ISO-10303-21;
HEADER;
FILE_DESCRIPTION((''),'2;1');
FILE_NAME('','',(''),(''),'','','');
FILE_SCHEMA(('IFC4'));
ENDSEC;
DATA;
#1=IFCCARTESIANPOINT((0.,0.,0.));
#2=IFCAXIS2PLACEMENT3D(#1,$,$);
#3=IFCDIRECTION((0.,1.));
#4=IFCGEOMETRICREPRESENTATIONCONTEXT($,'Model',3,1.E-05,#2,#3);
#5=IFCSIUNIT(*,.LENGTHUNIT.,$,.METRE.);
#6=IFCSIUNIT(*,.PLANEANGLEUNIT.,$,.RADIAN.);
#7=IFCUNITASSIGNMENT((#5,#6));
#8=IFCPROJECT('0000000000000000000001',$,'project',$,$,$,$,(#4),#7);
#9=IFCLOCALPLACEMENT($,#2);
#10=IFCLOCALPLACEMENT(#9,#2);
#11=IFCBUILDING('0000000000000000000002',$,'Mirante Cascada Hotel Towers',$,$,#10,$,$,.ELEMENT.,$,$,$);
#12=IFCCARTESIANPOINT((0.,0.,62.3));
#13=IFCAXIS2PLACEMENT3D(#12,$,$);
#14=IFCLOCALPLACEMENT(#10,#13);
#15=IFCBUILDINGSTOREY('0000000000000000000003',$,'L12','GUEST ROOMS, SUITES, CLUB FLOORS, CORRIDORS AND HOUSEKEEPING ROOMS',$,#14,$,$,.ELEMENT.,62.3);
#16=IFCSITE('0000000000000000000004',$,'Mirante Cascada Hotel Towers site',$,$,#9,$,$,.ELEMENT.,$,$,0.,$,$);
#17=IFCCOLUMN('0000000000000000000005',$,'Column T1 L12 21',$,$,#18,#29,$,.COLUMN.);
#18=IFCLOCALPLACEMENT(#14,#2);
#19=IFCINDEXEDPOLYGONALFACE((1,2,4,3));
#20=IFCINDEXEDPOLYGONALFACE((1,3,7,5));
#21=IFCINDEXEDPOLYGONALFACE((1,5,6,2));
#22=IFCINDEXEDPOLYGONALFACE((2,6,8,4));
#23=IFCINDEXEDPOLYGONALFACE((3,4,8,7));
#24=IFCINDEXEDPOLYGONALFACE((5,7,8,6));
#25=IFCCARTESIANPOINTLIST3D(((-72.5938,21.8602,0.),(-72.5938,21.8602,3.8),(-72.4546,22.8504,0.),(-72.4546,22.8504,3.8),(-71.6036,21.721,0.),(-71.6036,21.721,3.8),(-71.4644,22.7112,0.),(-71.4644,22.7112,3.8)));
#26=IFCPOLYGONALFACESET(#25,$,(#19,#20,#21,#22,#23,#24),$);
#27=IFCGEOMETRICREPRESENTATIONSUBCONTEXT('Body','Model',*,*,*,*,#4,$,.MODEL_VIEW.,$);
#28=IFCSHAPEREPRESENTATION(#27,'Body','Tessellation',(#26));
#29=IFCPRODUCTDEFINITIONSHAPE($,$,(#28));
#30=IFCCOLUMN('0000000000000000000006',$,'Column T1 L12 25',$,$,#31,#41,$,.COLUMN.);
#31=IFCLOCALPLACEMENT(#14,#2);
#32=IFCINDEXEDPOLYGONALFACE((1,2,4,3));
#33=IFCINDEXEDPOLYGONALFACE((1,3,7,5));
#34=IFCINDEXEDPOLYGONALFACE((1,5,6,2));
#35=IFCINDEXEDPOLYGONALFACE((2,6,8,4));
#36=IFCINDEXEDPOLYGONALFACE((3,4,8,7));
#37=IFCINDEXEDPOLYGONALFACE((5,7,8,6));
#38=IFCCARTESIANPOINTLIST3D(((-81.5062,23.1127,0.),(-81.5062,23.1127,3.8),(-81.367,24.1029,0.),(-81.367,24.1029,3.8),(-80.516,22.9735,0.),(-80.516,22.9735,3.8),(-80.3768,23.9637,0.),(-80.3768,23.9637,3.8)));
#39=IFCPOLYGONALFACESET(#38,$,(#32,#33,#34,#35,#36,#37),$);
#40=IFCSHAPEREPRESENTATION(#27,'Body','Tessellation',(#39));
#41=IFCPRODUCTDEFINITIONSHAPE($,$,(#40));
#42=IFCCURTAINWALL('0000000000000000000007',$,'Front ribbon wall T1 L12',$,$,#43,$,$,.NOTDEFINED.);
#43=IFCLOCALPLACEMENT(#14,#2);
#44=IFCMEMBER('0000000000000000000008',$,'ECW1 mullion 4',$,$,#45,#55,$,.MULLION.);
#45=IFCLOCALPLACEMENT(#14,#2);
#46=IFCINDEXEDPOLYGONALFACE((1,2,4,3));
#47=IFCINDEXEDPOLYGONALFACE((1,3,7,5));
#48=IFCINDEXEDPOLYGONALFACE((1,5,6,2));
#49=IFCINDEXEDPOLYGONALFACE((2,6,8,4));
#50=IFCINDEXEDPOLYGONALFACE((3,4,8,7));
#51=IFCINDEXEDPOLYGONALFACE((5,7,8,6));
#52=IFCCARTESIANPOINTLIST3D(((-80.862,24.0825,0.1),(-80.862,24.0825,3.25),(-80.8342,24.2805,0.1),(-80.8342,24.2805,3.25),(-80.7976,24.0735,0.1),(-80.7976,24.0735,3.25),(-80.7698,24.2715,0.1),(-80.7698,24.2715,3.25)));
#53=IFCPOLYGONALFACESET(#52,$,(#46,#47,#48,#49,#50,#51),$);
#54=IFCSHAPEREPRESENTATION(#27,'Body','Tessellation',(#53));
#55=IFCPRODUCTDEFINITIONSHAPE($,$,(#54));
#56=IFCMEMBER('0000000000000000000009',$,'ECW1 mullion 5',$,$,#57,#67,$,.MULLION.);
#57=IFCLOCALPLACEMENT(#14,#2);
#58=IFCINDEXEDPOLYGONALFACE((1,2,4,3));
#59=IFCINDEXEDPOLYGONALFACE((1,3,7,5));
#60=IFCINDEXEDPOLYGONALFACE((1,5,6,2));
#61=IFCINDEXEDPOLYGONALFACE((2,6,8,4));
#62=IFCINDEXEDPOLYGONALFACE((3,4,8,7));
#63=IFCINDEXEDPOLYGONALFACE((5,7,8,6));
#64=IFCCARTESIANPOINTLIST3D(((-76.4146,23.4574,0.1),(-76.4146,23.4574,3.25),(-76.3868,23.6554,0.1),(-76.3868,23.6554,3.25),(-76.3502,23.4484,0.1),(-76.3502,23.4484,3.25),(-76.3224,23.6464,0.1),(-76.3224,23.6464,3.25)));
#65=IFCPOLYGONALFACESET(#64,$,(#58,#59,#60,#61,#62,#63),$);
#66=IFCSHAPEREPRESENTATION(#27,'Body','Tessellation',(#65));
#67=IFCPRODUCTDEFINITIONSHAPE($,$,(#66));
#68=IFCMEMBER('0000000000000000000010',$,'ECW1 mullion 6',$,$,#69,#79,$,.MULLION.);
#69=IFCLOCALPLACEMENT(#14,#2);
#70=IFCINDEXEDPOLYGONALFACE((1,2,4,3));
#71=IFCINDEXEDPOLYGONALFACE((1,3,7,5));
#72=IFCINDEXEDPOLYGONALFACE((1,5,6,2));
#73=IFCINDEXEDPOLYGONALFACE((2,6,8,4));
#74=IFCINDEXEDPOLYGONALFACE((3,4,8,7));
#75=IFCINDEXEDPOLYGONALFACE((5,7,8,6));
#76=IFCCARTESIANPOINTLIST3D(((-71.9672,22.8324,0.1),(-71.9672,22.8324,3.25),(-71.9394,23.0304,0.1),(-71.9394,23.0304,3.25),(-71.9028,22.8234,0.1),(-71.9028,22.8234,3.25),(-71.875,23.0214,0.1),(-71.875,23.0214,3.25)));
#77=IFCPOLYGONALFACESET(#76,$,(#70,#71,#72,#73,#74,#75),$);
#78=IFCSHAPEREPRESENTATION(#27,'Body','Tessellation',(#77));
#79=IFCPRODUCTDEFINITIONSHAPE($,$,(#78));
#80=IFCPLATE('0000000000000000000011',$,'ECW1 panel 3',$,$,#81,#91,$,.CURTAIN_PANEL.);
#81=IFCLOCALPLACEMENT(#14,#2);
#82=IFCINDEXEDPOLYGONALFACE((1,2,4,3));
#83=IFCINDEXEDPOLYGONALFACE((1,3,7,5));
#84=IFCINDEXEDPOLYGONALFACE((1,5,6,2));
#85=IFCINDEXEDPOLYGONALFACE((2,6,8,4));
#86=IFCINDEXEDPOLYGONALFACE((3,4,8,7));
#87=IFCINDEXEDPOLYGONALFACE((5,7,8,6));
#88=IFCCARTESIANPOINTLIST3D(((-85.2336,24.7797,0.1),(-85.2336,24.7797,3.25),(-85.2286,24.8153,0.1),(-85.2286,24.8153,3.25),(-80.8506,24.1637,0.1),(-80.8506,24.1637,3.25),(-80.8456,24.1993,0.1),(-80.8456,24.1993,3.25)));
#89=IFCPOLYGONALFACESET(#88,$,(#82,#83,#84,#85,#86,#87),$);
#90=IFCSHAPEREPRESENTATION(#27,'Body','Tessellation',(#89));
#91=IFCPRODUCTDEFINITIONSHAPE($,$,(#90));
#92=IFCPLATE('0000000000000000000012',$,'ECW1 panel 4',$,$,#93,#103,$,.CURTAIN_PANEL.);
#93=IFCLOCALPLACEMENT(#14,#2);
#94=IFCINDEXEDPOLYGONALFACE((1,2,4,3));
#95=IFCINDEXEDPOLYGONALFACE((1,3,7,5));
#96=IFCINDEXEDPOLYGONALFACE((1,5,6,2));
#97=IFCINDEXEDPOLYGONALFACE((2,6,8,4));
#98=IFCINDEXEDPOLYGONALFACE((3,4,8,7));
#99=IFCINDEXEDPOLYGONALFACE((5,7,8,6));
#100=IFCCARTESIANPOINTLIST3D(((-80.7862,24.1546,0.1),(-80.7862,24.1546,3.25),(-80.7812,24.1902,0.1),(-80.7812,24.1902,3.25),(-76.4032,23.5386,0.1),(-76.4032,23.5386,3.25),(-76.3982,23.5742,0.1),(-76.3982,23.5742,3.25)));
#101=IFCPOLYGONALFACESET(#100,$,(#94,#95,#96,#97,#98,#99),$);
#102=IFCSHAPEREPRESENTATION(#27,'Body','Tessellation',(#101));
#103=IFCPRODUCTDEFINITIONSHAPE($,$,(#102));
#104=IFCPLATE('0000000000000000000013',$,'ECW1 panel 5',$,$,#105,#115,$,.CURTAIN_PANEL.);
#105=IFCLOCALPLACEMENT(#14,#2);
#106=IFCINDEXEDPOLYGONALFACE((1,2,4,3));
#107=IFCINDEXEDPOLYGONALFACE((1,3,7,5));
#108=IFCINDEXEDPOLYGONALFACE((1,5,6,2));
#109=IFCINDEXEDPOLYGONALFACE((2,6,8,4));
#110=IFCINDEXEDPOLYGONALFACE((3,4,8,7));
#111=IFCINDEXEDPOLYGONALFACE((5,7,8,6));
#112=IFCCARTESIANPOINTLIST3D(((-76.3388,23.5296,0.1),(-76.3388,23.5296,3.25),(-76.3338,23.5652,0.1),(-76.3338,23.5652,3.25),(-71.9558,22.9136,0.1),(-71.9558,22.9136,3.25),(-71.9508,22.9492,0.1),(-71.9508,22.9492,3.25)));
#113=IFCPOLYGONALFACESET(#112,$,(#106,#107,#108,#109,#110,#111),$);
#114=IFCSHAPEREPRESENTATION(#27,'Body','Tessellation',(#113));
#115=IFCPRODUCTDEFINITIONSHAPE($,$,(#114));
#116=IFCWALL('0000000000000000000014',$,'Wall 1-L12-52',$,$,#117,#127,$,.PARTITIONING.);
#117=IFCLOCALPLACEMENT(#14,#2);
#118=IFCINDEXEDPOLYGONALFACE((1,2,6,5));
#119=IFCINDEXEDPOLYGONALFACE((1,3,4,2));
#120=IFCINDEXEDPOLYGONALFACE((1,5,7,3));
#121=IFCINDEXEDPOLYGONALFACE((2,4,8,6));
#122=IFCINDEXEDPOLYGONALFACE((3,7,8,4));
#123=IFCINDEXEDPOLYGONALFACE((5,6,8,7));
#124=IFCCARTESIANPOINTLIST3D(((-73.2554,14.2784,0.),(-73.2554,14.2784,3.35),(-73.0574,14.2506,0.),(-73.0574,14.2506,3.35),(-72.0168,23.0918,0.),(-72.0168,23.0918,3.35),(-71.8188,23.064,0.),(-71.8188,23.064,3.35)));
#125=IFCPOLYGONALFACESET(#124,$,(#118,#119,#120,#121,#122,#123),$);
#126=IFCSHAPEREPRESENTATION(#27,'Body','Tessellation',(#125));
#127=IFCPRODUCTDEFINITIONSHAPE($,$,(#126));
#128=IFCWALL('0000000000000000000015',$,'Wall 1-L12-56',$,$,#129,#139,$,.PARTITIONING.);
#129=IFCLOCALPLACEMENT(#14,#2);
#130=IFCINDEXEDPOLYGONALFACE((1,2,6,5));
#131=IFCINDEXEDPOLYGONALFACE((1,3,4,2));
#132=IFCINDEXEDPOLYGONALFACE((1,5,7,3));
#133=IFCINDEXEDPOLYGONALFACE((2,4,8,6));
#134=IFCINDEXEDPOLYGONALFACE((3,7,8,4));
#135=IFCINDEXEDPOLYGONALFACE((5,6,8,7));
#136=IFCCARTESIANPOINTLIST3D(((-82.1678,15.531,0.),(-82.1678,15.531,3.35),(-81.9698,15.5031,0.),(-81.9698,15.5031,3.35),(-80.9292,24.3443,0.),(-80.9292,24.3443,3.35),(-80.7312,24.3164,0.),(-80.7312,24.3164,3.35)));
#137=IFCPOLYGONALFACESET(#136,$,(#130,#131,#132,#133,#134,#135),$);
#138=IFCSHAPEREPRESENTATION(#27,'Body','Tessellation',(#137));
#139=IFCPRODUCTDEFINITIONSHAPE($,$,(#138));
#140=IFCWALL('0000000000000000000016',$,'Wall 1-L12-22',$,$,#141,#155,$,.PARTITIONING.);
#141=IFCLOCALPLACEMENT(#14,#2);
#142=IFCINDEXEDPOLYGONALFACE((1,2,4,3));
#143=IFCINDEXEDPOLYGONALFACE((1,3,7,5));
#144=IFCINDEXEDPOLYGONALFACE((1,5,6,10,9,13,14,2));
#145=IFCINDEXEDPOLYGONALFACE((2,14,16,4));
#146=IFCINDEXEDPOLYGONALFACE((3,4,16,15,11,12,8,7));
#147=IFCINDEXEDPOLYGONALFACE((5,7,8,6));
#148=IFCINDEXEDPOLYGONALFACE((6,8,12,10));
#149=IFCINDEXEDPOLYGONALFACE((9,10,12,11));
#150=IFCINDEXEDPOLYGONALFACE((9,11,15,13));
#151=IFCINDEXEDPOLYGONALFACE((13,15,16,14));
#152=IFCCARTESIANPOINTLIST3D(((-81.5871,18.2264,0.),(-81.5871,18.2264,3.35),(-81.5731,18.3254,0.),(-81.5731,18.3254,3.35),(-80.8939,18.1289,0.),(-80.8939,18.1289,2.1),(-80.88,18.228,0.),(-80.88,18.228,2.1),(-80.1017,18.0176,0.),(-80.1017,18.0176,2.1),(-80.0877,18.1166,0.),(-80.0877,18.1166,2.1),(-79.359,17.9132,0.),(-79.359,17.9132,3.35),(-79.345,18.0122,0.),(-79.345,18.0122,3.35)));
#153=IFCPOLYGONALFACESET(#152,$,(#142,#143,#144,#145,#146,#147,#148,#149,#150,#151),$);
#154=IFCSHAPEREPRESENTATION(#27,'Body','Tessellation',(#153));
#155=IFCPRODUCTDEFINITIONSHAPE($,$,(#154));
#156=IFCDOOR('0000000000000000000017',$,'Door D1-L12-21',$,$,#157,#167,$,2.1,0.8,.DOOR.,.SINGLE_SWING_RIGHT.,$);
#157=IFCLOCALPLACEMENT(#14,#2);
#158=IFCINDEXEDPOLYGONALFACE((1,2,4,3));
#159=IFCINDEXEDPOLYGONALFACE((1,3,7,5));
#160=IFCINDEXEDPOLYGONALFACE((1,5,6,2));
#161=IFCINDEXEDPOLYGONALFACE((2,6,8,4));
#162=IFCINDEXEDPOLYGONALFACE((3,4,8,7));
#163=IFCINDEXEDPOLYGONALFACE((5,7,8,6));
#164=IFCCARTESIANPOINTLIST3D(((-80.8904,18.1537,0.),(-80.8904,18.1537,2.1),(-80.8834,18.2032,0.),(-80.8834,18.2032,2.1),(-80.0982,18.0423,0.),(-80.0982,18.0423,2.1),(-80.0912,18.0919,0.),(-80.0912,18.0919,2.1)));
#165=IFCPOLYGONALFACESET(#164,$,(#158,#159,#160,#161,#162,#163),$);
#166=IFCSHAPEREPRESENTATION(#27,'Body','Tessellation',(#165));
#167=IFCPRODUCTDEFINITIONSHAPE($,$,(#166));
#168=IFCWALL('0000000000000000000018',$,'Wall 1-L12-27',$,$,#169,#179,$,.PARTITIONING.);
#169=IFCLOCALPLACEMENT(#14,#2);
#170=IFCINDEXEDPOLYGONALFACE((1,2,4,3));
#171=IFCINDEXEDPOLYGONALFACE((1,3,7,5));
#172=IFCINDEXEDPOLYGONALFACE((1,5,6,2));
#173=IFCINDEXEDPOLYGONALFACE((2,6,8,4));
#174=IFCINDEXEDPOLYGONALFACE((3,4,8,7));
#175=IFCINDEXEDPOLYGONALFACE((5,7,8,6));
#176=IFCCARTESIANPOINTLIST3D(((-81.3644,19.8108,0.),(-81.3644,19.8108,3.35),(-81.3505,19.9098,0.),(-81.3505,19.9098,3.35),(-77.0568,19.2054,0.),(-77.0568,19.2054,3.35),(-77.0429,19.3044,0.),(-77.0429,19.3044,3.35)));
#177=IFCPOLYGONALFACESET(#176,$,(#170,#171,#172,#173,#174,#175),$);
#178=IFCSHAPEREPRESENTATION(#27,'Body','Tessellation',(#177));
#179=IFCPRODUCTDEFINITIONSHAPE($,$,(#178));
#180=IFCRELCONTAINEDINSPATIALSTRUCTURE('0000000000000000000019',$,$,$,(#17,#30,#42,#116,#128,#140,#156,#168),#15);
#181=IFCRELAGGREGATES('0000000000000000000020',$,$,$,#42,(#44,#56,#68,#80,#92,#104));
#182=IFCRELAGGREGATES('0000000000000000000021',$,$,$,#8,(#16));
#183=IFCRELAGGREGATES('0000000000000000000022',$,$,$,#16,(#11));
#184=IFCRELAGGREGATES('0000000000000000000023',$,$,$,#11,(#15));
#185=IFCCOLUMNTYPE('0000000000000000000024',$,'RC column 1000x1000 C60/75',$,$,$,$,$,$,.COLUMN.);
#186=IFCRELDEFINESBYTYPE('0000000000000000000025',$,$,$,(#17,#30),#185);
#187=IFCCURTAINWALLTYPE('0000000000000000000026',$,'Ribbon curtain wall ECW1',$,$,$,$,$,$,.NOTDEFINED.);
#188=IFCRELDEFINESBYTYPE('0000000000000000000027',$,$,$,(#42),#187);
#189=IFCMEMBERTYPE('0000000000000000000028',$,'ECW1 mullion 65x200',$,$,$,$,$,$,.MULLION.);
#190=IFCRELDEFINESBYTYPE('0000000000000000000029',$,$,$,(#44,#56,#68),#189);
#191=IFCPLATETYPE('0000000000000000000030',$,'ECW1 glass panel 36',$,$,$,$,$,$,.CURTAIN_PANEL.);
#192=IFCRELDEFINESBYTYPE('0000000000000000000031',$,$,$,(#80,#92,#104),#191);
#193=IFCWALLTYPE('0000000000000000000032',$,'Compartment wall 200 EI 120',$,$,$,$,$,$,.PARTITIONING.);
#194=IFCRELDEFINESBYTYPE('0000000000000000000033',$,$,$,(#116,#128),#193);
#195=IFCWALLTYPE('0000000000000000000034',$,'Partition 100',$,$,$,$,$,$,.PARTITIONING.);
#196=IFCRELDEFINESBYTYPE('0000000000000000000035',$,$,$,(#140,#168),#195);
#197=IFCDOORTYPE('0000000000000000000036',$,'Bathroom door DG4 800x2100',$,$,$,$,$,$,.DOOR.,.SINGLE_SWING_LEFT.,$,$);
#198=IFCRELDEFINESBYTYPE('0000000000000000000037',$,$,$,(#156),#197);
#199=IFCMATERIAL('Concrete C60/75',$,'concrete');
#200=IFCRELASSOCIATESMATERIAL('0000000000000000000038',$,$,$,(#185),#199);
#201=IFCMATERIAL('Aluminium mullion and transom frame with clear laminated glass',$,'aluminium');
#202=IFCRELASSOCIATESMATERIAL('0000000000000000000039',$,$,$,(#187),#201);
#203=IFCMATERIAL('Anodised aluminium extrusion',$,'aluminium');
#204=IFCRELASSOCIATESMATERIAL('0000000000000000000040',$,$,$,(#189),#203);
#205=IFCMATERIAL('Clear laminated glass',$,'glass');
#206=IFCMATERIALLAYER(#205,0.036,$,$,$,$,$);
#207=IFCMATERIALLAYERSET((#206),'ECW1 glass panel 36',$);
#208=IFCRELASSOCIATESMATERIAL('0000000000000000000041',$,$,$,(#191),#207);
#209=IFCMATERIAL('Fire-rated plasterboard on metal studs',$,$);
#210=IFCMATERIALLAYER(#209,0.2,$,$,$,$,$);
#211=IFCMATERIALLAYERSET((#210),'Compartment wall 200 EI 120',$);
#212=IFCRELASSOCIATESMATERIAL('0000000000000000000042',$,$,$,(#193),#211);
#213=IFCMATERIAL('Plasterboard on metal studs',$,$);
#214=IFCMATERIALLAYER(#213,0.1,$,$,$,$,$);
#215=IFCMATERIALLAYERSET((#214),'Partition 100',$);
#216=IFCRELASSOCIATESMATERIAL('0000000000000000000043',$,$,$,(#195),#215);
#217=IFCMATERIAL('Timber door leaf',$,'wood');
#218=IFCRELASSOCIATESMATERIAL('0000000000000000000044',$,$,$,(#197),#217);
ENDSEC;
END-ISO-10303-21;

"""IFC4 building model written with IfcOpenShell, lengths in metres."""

from ifc_helpers import new_model, si_unit, direction, frame, frame_2d, origin, origin_2d, place, context, subcontext, project, spatial, rectangle, extrude, material, layer, layer_set, material_profile, profile_set, type_object, element, fill, aggregate, save


model = new_model("IFC4")

# Units and contexts
model_context = context("Model", 3, precision=1e-05, world=origin(), true_north=direction((0.0, 1.0)))
body_context = subcontext(model_context, "Body", "Model", "MODEL_VIEW")
ifc_project = project(units=[si_unit("LENGTHUNIT", "METRE"), si_unit("PLANEANGLEUNIT", "RADIAN")], contexts=[model_context])

# Site, building, storey
site_placement = place(None, origin())
site = spatial("IfcSite", under=ifc_project, at=site_placement, Name="Mirante Cascada Hotel Towers site", CompositionType="ELEMENT", RefElevation=0.0)
building_placement = place(site_placement, origin())
building = spatial("IfcBuilding", under=site, at=building_placement, Name="Mirante Cascada Hotel Towers", CompositionType="ELEMENT")
storey_placement = place(building_placement, frame((0.0, 0.0, 62.3)))
storey = spatial("IfcBuildingStorey", under=building, at=storey_placement, Name="L12", Description="GUEST ROOMS, SUITES, CLUB FLOORS, CORRIDORS AND HOUSEKEEPING ROOMS", CompositionType="ELEMENT", Elevation=62.3)

# Columns
ifc_material_1 = material(Name="Concrete C60/75", Category="concrete")
ifc_material_profile_1 = material_profile(ifc_material_1, rectangle(XDim=1.0, YDim=1.0, at=origin_2d()), Name="RC column 1000x1000 C60/75")
ifc_profile_set_1 = profile_set([ifc_material_profile_1], Name="Concrete C60/75")
column_type = type_object("IfcColumnType", Name="RC column 1000x1000 C60/75", PredefinedType="COLUMN", material=ifc_profile_set_1)
for number, where, z_axis, x_axis, name in (
    (1, (-72.0291, 22.2857, 0.0), (0.0, 0.0, 1.0), (-0.990268, 0.139173, 0.0), "Column T1 L12 21"),
    (2, (-80.9415, 23.5382, 0.0), (0.0, 0.0, 1.0), (-0.990268, 0.139173, 0.0), "Column T1 L12 25"),
):
    element("IfcColumn", number, at=place(storey_placement, frame(where, z_axis=z_axis, x_axis=x_axis)), inside=storey, type_object=column_type, Name=name, PredefinedType="COLUMN", context=body_context, shape_type="SweptSolid", body=[
        extrude(rectangle(XDim=1.0, YDim=1.0, at=origin_2d()), origin(), (0.0, 0.0, 1.0), 3.8),
    ])

# Curtain wall, members, plates
ifc_material_2 = material(Name="Aluminium mullion and transom frame with clear laminated glass", Category="aluminium")
curtain_wall_type = type_object("IfcCurtainWallType", Name="Ribbon curtain wall ECW1", PredefinedType="NOTDEFINED", material=ifc_material_2)
curtain_wall_placement = place(storey_placement, origin())
curtain_wall = element("IfcCurtainWall", 3, at=curtain_wall_placement, inside=storey, type_object=curtain_wall_type, Name="Front ribbon wall T1 L12", PredefinedType="NOTDEFINED")
ifc_material_3 = material(Name="Anodised aluminium extrusion", Category="aluminium")
ifc_material_profile_2 = material_profile(ifc_material_3, rectangle(XDim=0.2, YDim=0.065, at=origin_2d()), Name="ECW1 MULLION 65x200")
ifc_profile_set_2 = profile_set([ifc_material_profile_2], Name="Anodised aluminium extrusion")
member_type = type_object("IfcMemberType", Name="ECW1 mullion 65x200", PredefinedType="MULLION", material=ifc_profile_set_2)
member_1_placement = place(storey_placement, frame((-80.8159, 24.177, 0.1), z_axis=(0.0, 0.0, 1.0), x_axis=(0.139173, 0.990268, 0.0)))
member_1 = element("IfcMember", 4, at=member_1_placement, type_object=member_type, Name="ECW1 mullion 4", PredefinedType="MULLION", context=body_context, shape_type="SweptSolid", body=[
    extrude(rectangle(XDim=0.2, YDim=0.065, at=origin_2d()), origin(), (0.0, 0.0, 1.0), 3.15),
])
member_2_placement = place(storey_placement, frame((-76.3685, 23.5519, 0.1), z_axis=(0.0, 0.0, 1.0), x_axis=(0.139173, 0.990268, 0.0)))
member_2 = element("IfcMember", 5, at=member_2_placement, type_object=member_type, Name="ECW1 mullion 5", PredefinedType="MULLION", context=body_context, shape_type="SweptSolid", body=[
    extrude(rectangle(XDim=0.2, YDim=0.065, at=origin_2d()), origin(), (0.0, 0.0, 1.0), 3.15),
])
member_3_placement = place(storey_placement, frame((-71.9211, 22.9269, 0.1), z_axis=(0.0, 0.0, 1.0), x_axis=(0.139173, 0.990268, 0.0)))
member_3 = element("IfcMember", 6, at=member_3_placement, type_object=member_type, Name="ECW1 mullion 6", PredefinedType="MULLION", context=body_context, shape_type="SweptSolid", body=[
    extrude(rectangle(XDim=0.2, YDim=0.065, at=origin_2d()), origin(), (0.0, 0.0, 1.0), 3.15),
])
ifc_material_4 = material(Name="Clear laminated glass", Category="glass")
ifc_layer_1 = layer(ifc_material_4, 0.036)
ifc_layer_set_1 = layer_set([ifc_layer_1], Name="ECW1 glass panel 36")
plate_type = type_object("IfcPlateType", Name="ECW1 glass panel 36", PredefinedType="CURTAIN_PANEL", material=ifc_layer_set_1)
plate_1_placement = place(storey_placement, frame((-83.0396, 24.4895, 0.1), z_axis=(0.0, 0.0, 1.0), x_axis=(0.990268, -0.139173, 0.0)))
plate_1 = element("IfcPlate", 7, at=plate_1_placement, type_object=plate_type, Name="ECW1 panel 3", PredefinedType="CURTAIN_PANEL", context=body_context, shape_type="SweptSolid", body=[
    extrude(rectangle(XDim=4.4261, YDim=0.036, at=origin_2d()), origin(), (0.0, 0.0, 1.0), 3.15),
])
plate_2_placement = place(storey_placement, frame((-78.5922, 23.8644, 0.1), z_axis=(0.0, 0.0, 1.0), x_axis=(0.990268, -0.139173, 0.0)))
plate_2 = element("IfcPlate", 8, at=plate_2_placement, type_object=plate_type, Name="ECW1 panel 4", PredefinedType="CURTAIN_PANEL", context=body_context, shape_type="SweptSolid", body=[
    extrude(rectangle(XDim=4.4261, YDim=0.036, at=origin_2d()), origin(), (0.0, 0.0, 1.0), 3.15),
])
plate_3_placement = place(storey_placement, frame((-74.1448, 23.2394, 0.1), z_axis=(0.0, 0.0, 1.0), x_axis=(0.990268, -0.139173, 0.0)))
plate_3 = element("IfcPlate", 9, at=plate_3_placement, type_object=plate_type, Name="ECW1 panel 5", PredefinedType="CURTAIN_PANEL", context=body_context, shape_type="SweptSolid", body=[
    extrude(rectangle(XDim=4.4261, YDim=0.036, at=origin_2d()), origin(), (0.0, 0.0, 1.0), 3.15),
])
aggregate(curtain_wall, [member_1, member_2, member_3, plate_1, plate_2, plate_3])

# Walls
ifc_material_5 = material(Name="Fire-rated plasterboard on metal studs")
ifc_layer_2 = layer(ifc_material_5, 0.2)
ifc_layer_set_2 = layer_set([ifc_layer_2], Name="Compartment wall 200 EI 120")
wall_type_1 = type_object("IfcWallType", Name="Compartment wall 200 EI 120", PredefinedType="PARTITIONING", material=ifc_layer_set_2)
wall_1_placement = place(storey_placement, frame((-71.9178, 23.0779, 0.0), z_axis=(0.0, 0.0, 1.0), x_axis=(-0.139168, -0.990269, 0.0)))
element("IfcWall", 10, at=wall_1_placement, inside=storey, type_object=wall_type_1, Name="Wall 1-L12-52", PredefinedType="PARTITIONING", context=body_context, shape_type="SweptSolid", body=[
    extrude(rectangle(XDim=8.9, YDim=0.2, at=frame_2d((4.45, 0.0))), origin(), (0.0, 0.0, 1.0), 3.35),
])
wall_2_placement = place(storey_placement, frame((-80.8302, 24.3304, 0.0), z_axis=(0.0, 0.0, 1.0), x_axis=(-0.13917, -0.990268, 0.0)))
element("IfcWall", 11, at=wall_2_placement, inside=storey, type_object=wall_type_1, Name="Wall 1-L12-56", PredefinedType="PARTITIONING", context=body_context, shape_type="SweptSolid", body=[
    extrude(rectangle(XDim=8.8999, YDim=0.2, at=frame_2d((4.45, 0.0))), origin(), (0.0, 0.0, 1.0), 3.35),
])

# Wall, opening, door
ifc_material_6 = material(Name="Plasterboard on metal studs")
ifc_layer_3 = layer(ifc_material_6, 0.1)
ifc_layer_set_3 = layer_set([ifc_layer_3], Name="Partition 100")
wall_type_2 = type_object("IfcWallType", Name="Partition 100", PredefinedType="PARTITIONING", material=ifc_layer_set_3)
wall_3_placement = place(storey_placement, frame((-81.5801, 18.2759, 0.0), z_axis=(0.0, 0.0, 1.0), x_axis=(0.990264, -0.1392, 0.0)))
wall_3 = element("IfcWall", 12, at=wall_3_placement, inside=storey, type_object=wall_type_2, Name="Wall 1-L12-22", PredefinedType="PARTITIONING", context=body_context, shape_type="SweptSolid", body=[
    extrude(rectangle(XDim=2.25, YDim=0.1, at=frame_2d((1.125, 0.0))), origin(), (0.0, 0.0, 1.0), 3.35),
])
opening_1_placement = place(wall_3_placement, frame((0.7, 0.0, 0.0)))
opening_1 = element("IfcOpeningElement", 13, at=opening_1_placement, cuts=wall_3, PredefinedType="OPENING", context=body_context, shape_type="SweptSolid", body=[
    extrude(rectangle(XDim=0.8, YDim=2.1, at=frame_2d((0.4, 1.05))), frame((0.0, 0.05, 0.0), z_axis=(0.0, -1.0, 0.0), x_axis=(1.0, 0.0, 0.0)), (0.0, 0.0, 1.0), 0.1),
])
ifc_material_7 = material(Name="Timber door leaf", Category="wood")
door_type = type_object("IfcDoorType", Name="Bathroom door DG4 800x2100", OperationType="SINGLE_SWING_LEFT", PredefinedType="DOOR", material=ifc_material_7)
door_1_placement = place(opening_1_placement, frame((0.8, 0.0, 0.0), z_axis=(0.0, 0.0, 1.0), x_axis=(-1.0, 0.0, 0.0)))
door_1 = element("IfcDoor", 14, at=door_1_placement, inside=storey, type_object=door_type, Name="Door D1-L12-21", OperationType="SINGLE_SWING_RIGHT", OverallHeight=2.1, OverallWidth=0.8, PredefinedType="DOOR", context=body_context, shape_type="SweptSolid", body=[
    extrude(rectangle(XDim=0.8, YDim=2.1, at=frame_2d((0.4, 1.05))), frame((0.0, 0.025, 0.0), z_axis=(0.0, -1.0, 0.0), x_axis=(1.0, 0.0, 0.0)), (0.0, 0.0, 1.0), 0.05),
])
fill(opening_1, door_1)

# Wall
wall_4_placement = place(storey_placement, frame((-77.0498, 19.2549, 0.0), z_axis=(0.0, 0.0, 1.0), x_axis=(-0.990268, 0.139175, 0.0)))
element("IfcWall", 15, at=wall_4_placement, inside=storey, type_object=wall_type_2, Name="Wall 1-L12-27", PredefinedType="PARTITIONING", context=body_context, shape_type="SweptSolid", body=[
    extrude(rectangle(XDim=4.3499, YDim=0.1, at=frame_2d((2.175, 0.0))), origin(), (0.0, 0.0, 1.0), 3.35),
])

save(model, "model.ifc")
